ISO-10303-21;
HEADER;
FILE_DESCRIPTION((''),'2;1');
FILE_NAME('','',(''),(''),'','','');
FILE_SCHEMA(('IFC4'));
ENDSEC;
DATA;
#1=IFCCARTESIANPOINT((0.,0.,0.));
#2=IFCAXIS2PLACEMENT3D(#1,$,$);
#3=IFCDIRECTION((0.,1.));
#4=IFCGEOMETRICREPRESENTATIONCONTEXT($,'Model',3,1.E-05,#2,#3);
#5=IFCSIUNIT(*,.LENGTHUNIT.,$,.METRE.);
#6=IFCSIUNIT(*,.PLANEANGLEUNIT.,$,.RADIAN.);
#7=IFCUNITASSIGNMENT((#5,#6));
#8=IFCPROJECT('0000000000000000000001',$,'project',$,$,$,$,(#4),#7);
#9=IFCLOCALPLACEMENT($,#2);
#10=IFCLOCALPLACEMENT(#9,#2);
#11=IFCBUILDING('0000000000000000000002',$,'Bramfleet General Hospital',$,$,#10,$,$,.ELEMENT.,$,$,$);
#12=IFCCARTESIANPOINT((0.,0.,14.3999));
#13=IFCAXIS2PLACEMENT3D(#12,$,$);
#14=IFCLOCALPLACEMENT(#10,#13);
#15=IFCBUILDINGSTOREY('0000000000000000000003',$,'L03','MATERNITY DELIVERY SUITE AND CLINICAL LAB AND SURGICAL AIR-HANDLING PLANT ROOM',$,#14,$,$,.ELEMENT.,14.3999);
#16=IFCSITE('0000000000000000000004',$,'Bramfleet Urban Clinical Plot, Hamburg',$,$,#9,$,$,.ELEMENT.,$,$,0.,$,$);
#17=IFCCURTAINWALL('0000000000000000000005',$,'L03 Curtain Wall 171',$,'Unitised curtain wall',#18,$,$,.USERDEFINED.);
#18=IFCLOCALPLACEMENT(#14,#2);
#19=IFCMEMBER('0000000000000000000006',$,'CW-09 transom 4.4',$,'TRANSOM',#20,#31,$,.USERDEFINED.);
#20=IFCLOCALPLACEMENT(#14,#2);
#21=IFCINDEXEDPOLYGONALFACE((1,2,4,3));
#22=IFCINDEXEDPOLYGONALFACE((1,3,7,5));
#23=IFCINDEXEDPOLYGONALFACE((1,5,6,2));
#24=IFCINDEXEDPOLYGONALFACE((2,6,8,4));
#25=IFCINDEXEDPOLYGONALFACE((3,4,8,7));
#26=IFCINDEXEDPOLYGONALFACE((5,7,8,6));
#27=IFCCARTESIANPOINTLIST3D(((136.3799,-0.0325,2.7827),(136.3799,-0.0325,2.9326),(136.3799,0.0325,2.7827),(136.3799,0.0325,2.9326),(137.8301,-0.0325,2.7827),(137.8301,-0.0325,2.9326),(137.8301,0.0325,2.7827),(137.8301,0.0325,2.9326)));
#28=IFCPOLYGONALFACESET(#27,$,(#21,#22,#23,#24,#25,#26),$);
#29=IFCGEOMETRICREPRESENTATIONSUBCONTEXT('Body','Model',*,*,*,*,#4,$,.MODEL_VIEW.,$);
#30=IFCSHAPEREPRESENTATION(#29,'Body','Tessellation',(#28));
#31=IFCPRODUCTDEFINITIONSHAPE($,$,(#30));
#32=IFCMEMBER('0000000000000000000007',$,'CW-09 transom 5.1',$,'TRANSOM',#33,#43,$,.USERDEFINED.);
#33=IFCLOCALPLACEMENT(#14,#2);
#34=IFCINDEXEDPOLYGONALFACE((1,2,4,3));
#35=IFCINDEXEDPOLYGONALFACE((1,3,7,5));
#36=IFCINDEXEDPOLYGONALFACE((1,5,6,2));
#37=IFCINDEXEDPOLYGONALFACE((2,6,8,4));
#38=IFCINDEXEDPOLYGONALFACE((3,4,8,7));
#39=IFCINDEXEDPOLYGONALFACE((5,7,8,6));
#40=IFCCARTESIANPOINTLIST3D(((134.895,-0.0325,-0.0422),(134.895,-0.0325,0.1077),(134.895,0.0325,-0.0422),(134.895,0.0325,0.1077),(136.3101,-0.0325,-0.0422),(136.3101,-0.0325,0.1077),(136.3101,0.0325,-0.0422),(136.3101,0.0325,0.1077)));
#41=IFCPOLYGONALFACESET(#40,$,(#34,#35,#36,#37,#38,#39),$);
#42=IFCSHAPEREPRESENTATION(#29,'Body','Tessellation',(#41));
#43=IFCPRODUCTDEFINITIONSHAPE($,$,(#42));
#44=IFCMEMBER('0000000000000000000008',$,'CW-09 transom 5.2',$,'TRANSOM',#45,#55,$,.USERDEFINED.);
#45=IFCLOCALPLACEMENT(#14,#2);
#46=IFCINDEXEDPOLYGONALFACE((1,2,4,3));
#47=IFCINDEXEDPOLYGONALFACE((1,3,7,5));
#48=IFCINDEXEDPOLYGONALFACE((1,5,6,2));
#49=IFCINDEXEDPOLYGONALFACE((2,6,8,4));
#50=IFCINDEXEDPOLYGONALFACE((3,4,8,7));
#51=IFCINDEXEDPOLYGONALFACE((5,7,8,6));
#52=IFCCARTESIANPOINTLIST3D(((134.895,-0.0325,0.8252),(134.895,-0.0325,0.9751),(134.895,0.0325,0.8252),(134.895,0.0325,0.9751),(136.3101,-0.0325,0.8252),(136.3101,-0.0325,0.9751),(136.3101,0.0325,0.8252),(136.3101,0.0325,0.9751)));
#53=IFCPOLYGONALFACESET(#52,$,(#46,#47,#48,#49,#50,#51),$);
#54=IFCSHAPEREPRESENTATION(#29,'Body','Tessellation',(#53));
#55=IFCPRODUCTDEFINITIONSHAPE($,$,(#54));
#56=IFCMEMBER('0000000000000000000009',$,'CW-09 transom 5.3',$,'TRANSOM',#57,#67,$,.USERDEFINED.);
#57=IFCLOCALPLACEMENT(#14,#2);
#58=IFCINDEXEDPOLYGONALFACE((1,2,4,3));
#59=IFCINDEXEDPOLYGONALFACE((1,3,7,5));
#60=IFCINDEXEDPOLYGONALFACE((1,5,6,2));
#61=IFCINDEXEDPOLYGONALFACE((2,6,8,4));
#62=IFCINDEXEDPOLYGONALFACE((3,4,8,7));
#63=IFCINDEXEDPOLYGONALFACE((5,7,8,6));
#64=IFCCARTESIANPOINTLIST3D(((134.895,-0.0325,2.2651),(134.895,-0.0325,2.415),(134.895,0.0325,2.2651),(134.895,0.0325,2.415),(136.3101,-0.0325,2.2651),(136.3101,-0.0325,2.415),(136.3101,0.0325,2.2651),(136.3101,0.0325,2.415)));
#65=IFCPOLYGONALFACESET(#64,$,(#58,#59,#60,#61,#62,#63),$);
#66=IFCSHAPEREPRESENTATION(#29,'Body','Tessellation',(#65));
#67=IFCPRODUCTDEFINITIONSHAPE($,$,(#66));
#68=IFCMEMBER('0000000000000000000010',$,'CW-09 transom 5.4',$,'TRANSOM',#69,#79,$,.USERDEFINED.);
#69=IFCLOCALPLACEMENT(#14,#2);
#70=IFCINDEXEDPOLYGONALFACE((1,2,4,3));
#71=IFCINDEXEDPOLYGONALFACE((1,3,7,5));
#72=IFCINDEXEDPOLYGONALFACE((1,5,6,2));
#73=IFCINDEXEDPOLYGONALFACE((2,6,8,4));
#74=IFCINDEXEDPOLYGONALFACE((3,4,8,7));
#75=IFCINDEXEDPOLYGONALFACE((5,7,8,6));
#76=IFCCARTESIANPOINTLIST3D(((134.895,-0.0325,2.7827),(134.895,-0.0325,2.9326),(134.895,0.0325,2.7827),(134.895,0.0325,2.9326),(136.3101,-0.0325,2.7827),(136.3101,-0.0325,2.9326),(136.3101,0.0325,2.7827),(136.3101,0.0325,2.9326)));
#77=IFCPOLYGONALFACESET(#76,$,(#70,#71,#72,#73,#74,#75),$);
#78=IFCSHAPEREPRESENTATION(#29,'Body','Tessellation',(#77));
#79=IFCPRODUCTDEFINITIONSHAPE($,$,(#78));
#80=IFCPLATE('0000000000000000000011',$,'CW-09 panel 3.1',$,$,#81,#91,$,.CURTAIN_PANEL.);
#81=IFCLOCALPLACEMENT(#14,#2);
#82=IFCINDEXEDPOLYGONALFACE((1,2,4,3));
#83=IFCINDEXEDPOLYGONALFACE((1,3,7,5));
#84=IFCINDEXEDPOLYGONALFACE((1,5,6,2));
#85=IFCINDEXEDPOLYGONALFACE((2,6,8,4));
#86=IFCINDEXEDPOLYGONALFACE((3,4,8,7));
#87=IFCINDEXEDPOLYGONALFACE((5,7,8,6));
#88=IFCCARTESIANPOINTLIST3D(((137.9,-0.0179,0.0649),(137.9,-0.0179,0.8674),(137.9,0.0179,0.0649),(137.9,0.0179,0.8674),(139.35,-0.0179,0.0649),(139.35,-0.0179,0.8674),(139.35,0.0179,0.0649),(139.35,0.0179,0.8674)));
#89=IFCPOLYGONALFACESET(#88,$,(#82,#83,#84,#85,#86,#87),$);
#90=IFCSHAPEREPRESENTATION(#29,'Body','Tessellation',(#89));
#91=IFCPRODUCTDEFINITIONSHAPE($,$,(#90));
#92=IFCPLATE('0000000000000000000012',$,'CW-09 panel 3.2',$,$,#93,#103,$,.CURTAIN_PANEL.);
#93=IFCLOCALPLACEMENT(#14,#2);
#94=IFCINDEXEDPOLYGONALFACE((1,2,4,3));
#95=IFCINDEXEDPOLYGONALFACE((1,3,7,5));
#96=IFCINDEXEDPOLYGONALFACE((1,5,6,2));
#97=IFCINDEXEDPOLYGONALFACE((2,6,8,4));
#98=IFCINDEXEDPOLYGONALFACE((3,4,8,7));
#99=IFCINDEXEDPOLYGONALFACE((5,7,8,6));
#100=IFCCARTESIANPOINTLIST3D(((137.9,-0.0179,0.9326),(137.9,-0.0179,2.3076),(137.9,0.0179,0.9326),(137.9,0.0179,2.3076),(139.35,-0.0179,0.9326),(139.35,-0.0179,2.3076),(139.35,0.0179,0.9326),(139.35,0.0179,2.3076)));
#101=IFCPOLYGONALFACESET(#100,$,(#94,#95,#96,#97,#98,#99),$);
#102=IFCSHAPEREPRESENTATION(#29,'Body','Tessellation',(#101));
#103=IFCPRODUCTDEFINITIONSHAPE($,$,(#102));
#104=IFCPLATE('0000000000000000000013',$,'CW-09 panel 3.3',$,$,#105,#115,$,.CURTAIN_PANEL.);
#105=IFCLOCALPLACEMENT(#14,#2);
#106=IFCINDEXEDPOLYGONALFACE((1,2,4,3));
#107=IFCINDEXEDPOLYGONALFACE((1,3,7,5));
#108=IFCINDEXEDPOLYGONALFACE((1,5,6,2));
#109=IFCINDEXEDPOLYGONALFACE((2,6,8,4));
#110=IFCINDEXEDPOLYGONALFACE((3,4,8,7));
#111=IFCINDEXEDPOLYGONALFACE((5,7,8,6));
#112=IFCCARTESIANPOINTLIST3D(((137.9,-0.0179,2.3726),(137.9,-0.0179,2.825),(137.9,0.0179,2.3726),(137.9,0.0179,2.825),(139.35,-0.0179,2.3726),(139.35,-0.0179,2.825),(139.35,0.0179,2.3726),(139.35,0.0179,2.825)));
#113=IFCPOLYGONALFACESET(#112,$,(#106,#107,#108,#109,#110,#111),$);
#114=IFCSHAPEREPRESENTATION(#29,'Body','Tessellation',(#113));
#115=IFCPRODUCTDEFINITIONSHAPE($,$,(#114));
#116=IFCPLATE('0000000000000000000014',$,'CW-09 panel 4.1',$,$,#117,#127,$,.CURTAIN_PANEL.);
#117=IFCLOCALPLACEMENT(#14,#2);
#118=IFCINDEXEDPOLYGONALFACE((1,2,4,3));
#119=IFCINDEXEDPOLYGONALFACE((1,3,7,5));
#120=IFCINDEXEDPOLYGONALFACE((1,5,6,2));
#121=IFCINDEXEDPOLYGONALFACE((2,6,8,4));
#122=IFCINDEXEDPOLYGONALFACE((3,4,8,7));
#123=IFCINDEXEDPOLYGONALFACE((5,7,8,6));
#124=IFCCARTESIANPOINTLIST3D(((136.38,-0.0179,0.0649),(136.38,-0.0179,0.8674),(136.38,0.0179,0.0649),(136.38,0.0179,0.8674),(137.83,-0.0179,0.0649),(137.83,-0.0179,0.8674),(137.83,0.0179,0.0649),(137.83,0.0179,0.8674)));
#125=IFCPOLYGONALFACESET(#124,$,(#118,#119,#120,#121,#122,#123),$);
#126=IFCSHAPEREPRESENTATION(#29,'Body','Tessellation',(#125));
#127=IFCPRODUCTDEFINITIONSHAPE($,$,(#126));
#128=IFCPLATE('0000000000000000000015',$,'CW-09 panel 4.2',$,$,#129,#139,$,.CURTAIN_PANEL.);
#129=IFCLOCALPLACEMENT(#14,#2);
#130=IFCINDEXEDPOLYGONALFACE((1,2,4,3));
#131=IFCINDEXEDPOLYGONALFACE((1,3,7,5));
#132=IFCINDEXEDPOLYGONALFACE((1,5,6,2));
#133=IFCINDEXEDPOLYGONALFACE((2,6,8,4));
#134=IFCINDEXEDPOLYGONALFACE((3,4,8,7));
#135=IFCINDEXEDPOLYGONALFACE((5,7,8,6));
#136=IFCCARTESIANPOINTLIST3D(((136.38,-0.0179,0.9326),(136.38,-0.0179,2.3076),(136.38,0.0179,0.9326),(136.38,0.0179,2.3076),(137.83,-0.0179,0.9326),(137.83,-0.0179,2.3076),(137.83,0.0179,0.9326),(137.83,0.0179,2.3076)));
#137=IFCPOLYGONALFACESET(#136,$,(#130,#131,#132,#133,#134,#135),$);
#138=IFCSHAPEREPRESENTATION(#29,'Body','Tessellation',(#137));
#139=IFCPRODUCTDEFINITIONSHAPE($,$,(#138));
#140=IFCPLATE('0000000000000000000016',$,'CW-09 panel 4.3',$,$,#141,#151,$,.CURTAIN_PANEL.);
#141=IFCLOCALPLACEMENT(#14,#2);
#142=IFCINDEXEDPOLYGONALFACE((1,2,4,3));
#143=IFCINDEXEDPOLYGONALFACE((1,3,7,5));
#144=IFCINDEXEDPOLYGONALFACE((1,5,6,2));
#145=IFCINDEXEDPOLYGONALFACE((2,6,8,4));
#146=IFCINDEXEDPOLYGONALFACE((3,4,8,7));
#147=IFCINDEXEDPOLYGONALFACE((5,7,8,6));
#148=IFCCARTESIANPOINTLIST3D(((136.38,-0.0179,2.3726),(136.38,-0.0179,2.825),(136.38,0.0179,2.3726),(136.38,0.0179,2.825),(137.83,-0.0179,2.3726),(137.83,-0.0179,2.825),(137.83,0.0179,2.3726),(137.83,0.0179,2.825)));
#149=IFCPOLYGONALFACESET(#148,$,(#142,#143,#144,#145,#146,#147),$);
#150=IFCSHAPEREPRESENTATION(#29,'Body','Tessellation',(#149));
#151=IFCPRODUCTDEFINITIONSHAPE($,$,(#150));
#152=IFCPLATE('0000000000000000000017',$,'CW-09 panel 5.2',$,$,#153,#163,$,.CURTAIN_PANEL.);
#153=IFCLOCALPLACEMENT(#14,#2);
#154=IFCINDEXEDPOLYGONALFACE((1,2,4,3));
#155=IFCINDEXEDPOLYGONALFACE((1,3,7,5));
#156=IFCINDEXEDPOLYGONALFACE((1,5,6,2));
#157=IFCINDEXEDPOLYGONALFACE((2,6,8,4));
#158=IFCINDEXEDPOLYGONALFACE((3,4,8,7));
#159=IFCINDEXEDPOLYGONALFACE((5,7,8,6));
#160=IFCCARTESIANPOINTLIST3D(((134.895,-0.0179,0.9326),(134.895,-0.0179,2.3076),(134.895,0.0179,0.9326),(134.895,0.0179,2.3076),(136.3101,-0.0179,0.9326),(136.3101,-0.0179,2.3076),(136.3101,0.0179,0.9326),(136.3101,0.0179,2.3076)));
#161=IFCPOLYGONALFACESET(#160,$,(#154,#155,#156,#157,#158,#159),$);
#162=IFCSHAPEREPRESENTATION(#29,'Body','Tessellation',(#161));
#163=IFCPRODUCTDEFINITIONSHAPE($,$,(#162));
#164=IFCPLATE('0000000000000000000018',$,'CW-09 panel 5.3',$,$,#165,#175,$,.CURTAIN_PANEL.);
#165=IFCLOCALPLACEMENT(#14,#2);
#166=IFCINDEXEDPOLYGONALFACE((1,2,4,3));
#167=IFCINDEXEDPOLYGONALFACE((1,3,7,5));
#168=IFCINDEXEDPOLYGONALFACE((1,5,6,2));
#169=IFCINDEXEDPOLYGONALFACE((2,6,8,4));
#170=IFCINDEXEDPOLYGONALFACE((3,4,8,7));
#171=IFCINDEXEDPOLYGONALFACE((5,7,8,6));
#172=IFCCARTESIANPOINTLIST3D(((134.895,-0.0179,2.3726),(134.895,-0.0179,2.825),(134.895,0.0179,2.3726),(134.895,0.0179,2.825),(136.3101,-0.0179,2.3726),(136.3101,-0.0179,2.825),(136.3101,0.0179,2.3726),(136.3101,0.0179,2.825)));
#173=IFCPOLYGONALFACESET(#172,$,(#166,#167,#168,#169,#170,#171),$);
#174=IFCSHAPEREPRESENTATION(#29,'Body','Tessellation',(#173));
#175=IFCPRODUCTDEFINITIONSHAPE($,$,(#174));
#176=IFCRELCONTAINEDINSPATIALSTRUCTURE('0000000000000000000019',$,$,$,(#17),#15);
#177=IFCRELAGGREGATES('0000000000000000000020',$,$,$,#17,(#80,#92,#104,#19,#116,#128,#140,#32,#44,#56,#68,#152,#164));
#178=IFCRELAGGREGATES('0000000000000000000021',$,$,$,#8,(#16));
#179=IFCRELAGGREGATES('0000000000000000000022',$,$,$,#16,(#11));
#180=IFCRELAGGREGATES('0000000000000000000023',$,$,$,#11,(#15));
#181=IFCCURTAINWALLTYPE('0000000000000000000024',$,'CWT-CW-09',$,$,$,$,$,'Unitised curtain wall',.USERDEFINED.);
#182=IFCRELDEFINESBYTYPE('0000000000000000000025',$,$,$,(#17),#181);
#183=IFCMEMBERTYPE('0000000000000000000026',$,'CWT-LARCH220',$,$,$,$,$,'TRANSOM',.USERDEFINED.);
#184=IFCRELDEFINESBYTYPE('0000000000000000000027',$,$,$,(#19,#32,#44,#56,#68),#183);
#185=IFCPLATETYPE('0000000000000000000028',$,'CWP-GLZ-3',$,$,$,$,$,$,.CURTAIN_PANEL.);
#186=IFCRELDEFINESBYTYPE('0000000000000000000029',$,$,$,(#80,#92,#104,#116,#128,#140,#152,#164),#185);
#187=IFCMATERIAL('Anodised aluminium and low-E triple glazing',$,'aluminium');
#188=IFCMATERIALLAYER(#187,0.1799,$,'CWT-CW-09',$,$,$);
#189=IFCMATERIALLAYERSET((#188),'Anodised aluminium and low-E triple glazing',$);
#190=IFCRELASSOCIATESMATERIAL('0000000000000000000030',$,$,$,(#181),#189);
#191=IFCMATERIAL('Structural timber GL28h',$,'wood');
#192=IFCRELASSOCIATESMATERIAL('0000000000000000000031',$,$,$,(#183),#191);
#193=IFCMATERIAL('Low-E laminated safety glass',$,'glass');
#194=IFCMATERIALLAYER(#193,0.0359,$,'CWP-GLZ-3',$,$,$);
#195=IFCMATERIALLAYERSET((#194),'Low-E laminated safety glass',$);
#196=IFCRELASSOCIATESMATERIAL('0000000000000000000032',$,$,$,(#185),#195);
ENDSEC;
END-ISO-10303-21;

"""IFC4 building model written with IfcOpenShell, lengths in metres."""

from ifc_helpers import new_model, si_unit, direction, frame, origin, origin_2d, place, context, subcontext, project, spatial, rectangle, extrude, material, layer, layer_set, material_profile, profile_set, type_object, element, aggregate, save


model = new_model("IFC4")

# Units and contexts
model_context = context("Model", 3, precision=1e-05, world=origin(), true_north=direction((0.0, 1.0)))
body_context = subcontext(model_context, "Body", "Model", "MODEL_VIEW")
ifc_project = project(units=[si_unit("LENGTHUNIT", "METRE"), si_unit("PLANEANGLEUNIT", "RADIAN")], contexts=[model_context])

# Site, building, storey
site_placement = place(None, origin())
site = spatial("IfcSite", under=ifc_project, at=site_placement, Name="Bramfleet Urban Clinical Plot, Hamburg", CompositionType="ELEMENT", RefElevation=0.0)
building_placement = place(site_placement, origin())
building = spatial("IfcBuilding", under=site, at=building_placement, Name="Bramfleet General Hospital", CompositionType="ELEMENT")
storey_placement = place(building_placement, frame((0.0, 0.0, 14.3999)))
storey = spatial("IfcBuildingStorey", under=building, at=storey_placement, Name="L03", Description="MATERNITY DELIVERY SUITE AND CLINICAL LAB AND SURGICAL AIR-HANDLING PLANT ROOM", CompositionType="ELEMENT", Elevation=14.3999)

# Curtain wall, members, plates
ifc_material_1 = material(Name="Anodised aluminium and low-E triple glazing", Category="aluminium")
ifc_layer_1 = layer(ifc_material_1, 0.1799, Name="CWT-CW-09")
ifc_layer_set_1 = layer_set([ifc_layer_1], Name="Anodised aluminium and low-E triple glazing")
curtain_wall_type = type_object("IfcCurtainWallType", Name="CWT-CW-09", ElementType="Unitised curtain wall", PredefinedType="USERDEFINED", material=ifc_layer_set_1)
curtain_wall_placement = place(storey_placement, origin())
curtain_wall = element("IfcCurtainWall", 1, at=curtain_wall_placement, inside=storey, type_object=curtain_wall_type, Name="L03 Curtain Wall 171", ObjectType="Unitised curtain wall", PredefinedType="USERDEFINED")
ifc_material_2 = material(Name="Structural timber GL28h", Category="wood")
ifc_material_profile_1 = material_profile(ifc_material_2, rectangle(XDim=0.0649, YDim=0.1499, at=origin_2d()), Name="LARCH 150x65")
ifc_profile_set_1 = profile_set([ifc_material_profile_1], Name="Structural timber GL28h")
member_type_1 = type_object("IfcMemberType", Name="CWT-LARCH220", ElementType="TRANSOM", PredefinedType="USERDEFINED", material=ifc_profile_set_1)
member_1_placement = place(storey_placement, frame((137.8301, 0.0, 2.8577), z_axis=(-1.0, 0.0, 0.0), x_axis=(0.0, -1.0, 0.0)))
member_1 = element("IfcMember", 2, at=member_1_placement, type_object=member_type_1, Name="CW-09 transom 4.4", ObjectType="TRANSOM", PredefinedType="USERDEFINED", context=body_context, shape_type="SweptSolid", body=[
    extrude(rectangle(XDim=0.0649, YDim=0.1499, at=origin_2d()), origin(), (0.0, 0.0, 1.0), 1.4502),
])
member_2_placement = place(storey_placement, frame((136.3101, 0.0, 0.0327), z_axis=(-1.0, 0.0, 0.0), x_axis=(0.0, -1.0, 0.0)))
member_2 = element("IfcMember", 3, at=member_2_placement, type_object=member_type_1, Name="CW-09 transom 5.1", ObjectType="TRANSOM", PredefinedType="USERDEFINED", context=body_context, shape_type="SweptSolid", body=[
    extrude(rectangle(XDim=0.0649, YDim=0.1499, at=origin_2d()), origin(), (0.0, 0.0, 1.0), 1.415),
])
member_3_placement = place(storey_placement, frame((136.3101, 0.0, 0.9001), z_axis=(-1.0, 0.0, 0.0), x_axis=(0.0, -1.0, 0.0)))
member_3 = element("IfcMember", 4, at=member_3_placement, type_object=member_type_1, Name="CW-09 transom 5.2", ObjectType="TRANSOM", PredefinedType="USERDEFINED", context=body_context, shape_type="SweptSolid", body=[
    extrude(rectangle(XDim=0.0649, YDim=0.1499, at=origin_2d()), origin(), (0.0, 0.0, 1.0), 1.415),
])
member_4_placement = place(storey_placement, frame((136.3101, 0.0, 2.3401), z_axis=(-1.0, 0.0, 0.0), x_axis=(0.0, -1.0, 0.0)))
member_4 = element("IfcMember", 5, at=member_4_placement, type_object=member_type_1, Name="CW-09 transom 5.3", ObjectType="TRANSOM", PredefinedType="USERDEFINED", context=body_context, shape_type="SweptSolid", body=[
    extrude(rectangle(XDim=0.0649, YDim=0.1499, at=origin_2d()), origin(), (0.0, 0.0, 1.0), 1.415),
])
member_5_placement = place(storey_placement, frame((136.3101, 0.0, 2.8577), z_axis=(-1.0, 0.0, 0.0), x_axis=(0.0, -1.0, 0.0)))
member_5 = element("IfcMember", 6, at=member_5_placement, type_object=member_type_1, Name="CW-09 transom 5.4", ObjectType="TRANSOM", PredefinedType="USERDEFINED", context=body_context, shape_type="SweptSolid", body=[
    extrude(rectangle(XDim=0.0649, YDim=0.1499, at=origin_2d()), origin(), (0.0, 0.0, 1.0), 1.415),
])
ifc_material_3 = material(Name="Low-E laminated safety glass", Category="glass")
ifc_layer_2 = layer(ifc_material_3, 0.0359, Name="CWP-GLZ-3")
ifc_layer_set_2 = layer_set([ifc_layer_2], Name="Low-E laminated safety glass")
plate_type = type_object("IfcPlateType", Name="CWP-GLZ-3", PredefinedType="CURTAIN_PANEL", material=ifc_layer_set_2)
plate_1_placement = place(storey_placement, frame((138.625, 0.0, 0.0649), z_axis=(0.0, 0.0, 1.0), x_axis=(-1.0, 0.0, 0.0)))
plate_1 = element("IfcPlate", 7, at=plate_1_placement, type_object=plate_type, Name="CW-09 panel 3.1", PredefinedType="CURTAIN_PANEL", context=body_context, shape_type="SweptSolid", body=[
    extrude(rectangle(XDim=1.45, YDim=0.0359, at=origin_2d()), origin(), (0.0, 0.0, 1.0), 0.8025),
])
plate_2_placement = place(storey_placement, frame((138.625, 0.0, 0.9326), z_axis=(0.0, 0.0, 1.0), x_axis=(-1.0, 0.0, 0.0)))
plate_2 = element("IfcPlate", 8, at=plate_2_placement, type_object=plate_type, Name="CW-09 panel 3.2", PredefinedType="CURTAIN_PANEL", context=body_context, shape_type="SweptSolid", body=[
    extrude(rectangle(XDim=1.45, YDim=0.0359, at=origin_2d()), origin(), (0.0, 0.0, 1.0), 1.375),
])
plate_3_placement = place(storey_placement, frame((138.625, 0.0, 2.3726), z_axis=(0.0, 0.0, 1.0), x_axis=(-1.0, 0.0, 0.0)))
plate_3 = element("IfcPlate", 9, at=plate_3_placement, type_object=plate_type, Name="CW-09 panel 3.3", PredefinedType="CURTAIN_PANEL", context=body_context, shape_type="SweptSolid", body=[
    extrude(rectangle(XDim=1.45, YDim=0.0359, at=origin_2d()), origin(), (0.0, 0.0, 1.0), 0.4524),
])
plate_4_placement = place(storey_placement, frame((137.105, 0.0, 0.0649), z_axis=(0.0, 0.0, 1.0), x_axis=(-1.0, 0.0, 0.0)))
plate_4 = element("IfcPlate", 10, at=plate_4_placement, type_object=plate_type, Name="CW-09 panel 4.1", PredefinedType="CURTAIN_PANEL", context=body_context, shape_type="SweptSolid", body=[
    extrude(rectangle(XDim=1.45, YDim=0.0359, at=origin_2d()), origin(), (0.0, 0.0, 1.0), 0.8025),
])
plate_5_placement = place(storey_placement, frame((137.105, 0.0, 0.9326), z_axis=(0.0, 0.0, 1.0), x_axis=(-1.0, 0.0, 0.0)))
plate_5 = element("IfcPlate", 11, at=plate_5_placement, type_object=plate_type, Name="CW-09 panel 4.2", PredefinedType="CURTAIN_PANEL", context=body_context, shape_type="SweptSolid", body=[
    extrude(rectangle(XDim=1.45, YDim=0.0359, at=origin_2d()), origin(), (0.0, 0.0, 1.0), 1.375),
])
plate_6_placement = place(storey_placement, frame((137.105, 0.0, 2.3726), z_axis=(0.0, 0.0, 1.0), x_axis=(-1.0, 0.0, 0.0)))
plate_6 = element("IfcPlate", 12, at=plate_6_placement, type_object=plate_type, Name="CW-09 panel 4.3", PredefinedType="CURTAIN_PANEL", context=body_context, shape_type="SweptSolid", body=[
    extrude(rectangle(XDim=1.45, YDim=0.0359, at=origin_2d()), origin(), (0.0, 0.0, 1.0), 0.4524),
])
plate_7_placement = place(storey_placement, frame((135.6025, 0.0, 0.9326), z_axis=(0.0, 0.0, 1.0), x_axis=(-1.0, 0.0, 0.0)))
plate_7 = element("IfcPlate", 13, at=plate_7_placement, type_object=plate_type, Name="CW-09 panel 5.2", PredefinedType="CURTAIN_PANEL", context=body_context, shape_type="SweptSolid", body=[
    extrude(rectangle(XDim=1.415, YDim=0.0359, at=origin_2d()), origin(), (0.0, 0.0, 1.0), 1.375),
])
plate_8_placement = place(storey_placement, frame((135.6025, 0.0, 2.3726), z_axis=(0.0, 0.0, 1.0), x_axis=(-1.0, 0.0, 0.0)))
plate_8 = element("IfcPlate", 14, at=plate_8_placement, type_object=plate_type, Name="CW-09 panel 5.3", PredefinedType="CURTAIN_PANEL", context=body_context, shape_type="SweptSolid", body=[
    extrude(rectangle(XDim=1.415, YDim=0.0359, at=origin_2d()), origin(), (0.0, 0.0, 1.0), 0.4524),
])
aggregate(curtain_wall, [plate_1, plate_2, plate_3, member_1, plate_4, plate_5, plate_6, member_2, member_3, member_4, member_5, plate_7, plate_8])

save(model, "model.ifc")
